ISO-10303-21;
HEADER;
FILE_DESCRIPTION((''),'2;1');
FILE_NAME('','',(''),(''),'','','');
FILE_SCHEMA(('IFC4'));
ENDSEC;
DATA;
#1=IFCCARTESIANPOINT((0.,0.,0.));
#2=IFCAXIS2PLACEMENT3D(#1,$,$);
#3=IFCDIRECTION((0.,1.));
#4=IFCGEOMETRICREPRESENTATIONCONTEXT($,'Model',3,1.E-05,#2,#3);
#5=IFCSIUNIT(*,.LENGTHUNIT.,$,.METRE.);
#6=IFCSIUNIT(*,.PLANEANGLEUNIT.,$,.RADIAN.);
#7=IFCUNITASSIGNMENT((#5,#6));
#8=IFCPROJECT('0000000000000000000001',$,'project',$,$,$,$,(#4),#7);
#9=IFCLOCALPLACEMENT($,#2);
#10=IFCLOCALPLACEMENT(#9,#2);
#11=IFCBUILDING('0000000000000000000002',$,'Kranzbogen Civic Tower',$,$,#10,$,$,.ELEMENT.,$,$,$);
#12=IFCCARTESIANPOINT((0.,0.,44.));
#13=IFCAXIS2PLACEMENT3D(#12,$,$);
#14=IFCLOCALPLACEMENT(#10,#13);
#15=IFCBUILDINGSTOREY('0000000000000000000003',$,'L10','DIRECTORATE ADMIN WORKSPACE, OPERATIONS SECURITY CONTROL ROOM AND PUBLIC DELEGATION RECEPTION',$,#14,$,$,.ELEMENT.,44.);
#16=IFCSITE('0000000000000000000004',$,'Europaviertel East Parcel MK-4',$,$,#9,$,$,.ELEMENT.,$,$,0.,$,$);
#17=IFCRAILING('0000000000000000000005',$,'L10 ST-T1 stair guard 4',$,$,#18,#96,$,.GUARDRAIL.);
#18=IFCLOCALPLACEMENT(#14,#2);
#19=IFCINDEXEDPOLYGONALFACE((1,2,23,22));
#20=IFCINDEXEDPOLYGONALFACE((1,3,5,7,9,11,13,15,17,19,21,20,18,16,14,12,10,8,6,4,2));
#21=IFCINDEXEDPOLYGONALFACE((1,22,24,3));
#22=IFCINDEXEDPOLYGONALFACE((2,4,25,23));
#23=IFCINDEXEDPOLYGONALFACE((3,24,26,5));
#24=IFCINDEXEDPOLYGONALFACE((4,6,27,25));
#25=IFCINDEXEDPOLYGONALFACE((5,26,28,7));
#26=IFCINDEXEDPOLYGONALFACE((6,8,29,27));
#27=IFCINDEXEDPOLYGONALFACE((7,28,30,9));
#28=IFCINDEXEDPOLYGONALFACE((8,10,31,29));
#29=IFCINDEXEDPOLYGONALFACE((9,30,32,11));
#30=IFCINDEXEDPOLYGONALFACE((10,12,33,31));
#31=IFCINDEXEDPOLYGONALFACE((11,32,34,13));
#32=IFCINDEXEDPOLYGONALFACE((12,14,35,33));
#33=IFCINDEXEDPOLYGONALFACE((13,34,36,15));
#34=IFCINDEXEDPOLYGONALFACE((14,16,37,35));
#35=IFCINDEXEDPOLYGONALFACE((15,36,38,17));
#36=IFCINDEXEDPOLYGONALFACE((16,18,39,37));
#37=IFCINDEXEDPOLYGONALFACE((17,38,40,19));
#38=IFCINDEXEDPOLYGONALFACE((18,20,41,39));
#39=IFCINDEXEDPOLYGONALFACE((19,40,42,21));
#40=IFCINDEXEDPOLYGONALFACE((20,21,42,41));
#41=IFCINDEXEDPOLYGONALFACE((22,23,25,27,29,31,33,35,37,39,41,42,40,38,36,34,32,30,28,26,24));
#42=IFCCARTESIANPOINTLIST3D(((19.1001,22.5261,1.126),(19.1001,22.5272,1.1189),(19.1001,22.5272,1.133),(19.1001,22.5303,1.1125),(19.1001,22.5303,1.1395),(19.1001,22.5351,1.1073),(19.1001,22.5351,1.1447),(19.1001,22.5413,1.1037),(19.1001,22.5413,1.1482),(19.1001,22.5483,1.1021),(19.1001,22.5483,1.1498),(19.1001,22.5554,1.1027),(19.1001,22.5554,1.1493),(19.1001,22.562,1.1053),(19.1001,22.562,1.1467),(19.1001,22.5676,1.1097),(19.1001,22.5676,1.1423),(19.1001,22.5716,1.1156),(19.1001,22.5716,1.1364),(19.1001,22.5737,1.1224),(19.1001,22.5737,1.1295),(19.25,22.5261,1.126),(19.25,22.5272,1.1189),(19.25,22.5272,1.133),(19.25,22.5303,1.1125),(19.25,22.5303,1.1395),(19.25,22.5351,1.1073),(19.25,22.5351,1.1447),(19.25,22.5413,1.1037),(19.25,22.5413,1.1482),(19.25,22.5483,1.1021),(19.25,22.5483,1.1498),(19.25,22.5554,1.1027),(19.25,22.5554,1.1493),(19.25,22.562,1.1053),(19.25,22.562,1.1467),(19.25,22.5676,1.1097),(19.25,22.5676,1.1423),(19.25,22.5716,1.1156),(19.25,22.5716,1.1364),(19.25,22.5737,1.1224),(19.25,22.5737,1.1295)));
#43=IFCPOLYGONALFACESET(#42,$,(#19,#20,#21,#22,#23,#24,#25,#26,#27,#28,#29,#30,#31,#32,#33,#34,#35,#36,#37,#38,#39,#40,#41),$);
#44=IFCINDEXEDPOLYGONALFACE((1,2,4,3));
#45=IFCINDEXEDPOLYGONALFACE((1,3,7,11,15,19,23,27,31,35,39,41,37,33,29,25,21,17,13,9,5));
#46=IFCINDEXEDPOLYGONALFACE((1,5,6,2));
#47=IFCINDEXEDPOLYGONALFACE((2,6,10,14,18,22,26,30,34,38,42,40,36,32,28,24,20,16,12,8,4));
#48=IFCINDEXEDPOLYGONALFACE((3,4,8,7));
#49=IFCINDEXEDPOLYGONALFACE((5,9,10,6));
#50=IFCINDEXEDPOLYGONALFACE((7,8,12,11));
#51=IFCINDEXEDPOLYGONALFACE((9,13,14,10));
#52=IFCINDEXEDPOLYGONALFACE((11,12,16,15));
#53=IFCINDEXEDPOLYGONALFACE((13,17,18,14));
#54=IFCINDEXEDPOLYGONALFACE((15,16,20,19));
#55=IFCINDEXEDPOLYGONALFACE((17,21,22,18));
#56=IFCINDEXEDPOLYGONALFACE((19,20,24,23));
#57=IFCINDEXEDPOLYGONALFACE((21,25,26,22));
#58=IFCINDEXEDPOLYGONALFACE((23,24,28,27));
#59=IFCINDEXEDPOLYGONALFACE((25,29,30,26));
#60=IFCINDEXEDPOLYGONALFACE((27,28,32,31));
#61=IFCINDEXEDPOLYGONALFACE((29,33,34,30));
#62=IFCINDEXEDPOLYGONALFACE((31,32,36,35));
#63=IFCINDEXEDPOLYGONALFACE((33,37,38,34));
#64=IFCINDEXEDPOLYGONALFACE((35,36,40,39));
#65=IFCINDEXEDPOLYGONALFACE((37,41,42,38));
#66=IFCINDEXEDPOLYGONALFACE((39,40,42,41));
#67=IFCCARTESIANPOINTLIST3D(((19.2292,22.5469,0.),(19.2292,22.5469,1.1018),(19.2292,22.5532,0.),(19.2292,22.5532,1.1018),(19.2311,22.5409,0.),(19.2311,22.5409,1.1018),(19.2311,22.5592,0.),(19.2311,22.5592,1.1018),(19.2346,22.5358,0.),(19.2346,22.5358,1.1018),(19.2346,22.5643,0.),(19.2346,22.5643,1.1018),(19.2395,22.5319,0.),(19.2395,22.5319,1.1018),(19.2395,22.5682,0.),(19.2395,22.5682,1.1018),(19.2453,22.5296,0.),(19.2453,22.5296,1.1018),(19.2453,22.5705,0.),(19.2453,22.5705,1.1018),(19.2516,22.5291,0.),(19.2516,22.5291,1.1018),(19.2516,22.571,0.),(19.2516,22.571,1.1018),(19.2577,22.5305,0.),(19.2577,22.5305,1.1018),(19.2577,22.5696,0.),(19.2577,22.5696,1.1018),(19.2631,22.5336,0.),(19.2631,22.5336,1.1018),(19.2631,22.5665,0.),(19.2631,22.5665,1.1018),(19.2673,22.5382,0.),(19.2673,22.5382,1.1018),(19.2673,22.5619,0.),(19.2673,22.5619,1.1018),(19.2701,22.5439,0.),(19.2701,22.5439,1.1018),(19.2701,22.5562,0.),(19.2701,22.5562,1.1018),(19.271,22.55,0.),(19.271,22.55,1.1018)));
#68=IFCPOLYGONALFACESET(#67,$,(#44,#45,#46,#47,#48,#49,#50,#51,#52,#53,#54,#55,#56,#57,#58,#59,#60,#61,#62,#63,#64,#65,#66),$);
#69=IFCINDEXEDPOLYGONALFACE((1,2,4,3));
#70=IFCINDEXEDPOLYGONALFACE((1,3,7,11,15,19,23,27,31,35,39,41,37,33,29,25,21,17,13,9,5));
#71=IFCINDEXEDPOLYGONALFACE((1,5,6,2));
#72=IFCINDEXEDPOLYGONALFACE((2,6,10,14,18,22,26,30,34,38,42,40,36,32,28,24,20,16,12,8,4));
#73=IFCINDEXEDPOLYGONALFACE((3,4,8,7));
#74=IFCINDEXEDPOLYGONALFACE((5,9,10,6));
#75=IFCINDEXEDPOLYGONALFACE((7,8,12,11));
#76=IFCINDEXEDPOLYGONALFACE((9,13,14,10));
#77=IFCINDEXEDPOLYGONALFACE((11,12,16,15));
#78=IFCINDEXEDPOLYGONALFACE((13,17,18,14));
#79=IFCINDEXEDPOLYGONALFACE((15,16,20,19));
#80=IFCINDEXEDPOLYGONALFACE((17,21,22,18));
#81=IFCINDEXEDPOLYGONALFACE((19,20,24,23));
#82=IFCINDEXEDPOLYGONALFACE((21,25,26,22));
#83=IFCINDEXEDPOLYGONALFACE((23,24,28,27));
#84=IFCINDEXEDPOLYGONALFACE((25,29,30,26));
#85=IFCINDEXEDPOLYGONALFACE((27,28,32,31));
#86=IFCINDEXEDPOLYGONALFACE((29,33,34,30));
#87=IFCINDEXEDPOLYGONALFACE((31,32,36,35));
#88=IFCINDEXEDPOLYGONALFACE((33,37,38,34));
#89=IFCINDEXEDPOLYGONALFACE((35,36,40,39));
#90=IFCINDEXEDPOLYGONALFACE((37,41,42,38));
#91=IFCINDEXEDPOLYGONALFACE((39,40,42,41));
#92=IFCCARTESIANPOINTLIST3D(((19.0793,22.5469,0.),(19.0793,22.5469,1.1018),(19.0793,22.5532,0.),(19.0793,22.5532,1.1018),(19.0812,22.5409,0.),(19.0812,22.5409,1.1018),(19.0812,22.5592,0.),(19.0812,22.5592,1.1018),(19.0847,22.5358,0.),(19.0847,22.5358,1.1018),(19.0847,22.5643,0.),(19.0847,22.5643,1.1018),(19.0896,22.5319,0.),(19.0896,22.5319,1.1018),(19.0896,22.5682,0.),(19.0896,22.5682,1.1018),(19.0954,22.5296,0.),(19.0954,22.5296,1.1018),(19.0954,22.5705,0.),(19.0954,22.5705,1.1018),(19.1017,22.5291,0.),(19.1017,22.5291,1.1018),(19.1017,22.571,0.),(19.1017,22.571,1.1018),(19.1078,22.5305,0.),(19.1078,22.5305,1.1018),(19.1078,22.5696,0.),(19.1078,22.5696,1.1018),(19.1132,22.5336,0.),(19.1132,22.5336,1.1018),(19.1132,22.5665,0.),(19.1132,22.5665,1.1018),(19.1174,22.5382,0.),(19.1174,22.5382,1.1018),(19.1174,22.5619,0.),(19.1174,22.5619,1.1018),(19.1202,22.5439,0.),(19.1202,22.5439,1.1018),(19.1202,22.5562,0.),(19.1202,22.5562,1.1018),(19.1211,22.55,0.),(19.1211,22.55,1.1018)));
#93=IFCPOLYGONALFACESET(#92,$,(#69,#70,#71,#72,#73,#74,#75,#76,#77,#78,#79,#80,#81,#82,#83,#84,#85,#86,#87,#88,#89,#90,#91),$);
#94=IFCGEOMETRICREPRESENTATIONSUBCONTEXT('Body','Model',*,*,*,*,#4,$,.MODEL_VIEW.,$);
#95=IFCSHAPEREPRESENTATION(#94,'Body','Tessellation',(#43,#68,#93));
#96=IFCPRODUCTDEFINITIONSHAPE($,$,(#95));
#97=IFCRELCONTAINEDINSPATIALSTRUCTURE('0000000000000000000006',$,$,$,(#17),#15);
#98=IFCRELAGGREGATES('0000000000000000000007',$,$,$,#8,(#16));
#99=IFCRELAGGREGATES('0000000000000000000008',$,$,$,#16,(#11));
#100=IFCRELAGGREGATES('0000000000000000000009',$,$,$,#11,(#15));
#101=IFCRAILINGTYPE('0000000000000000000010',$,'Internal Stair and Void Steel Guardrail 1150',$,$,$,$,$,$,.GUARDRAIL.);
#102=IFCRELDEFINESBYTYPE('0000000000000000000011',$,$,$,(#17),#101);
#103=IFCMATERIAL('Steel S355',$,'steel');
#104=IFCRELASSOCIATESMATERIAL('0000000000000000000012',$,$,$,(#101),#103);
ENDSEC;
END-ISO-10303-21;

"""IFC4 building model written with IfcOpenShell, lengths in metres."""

from ifc_helpers import new_model, si_unit, direction, frame, origin, origin_2d, place, context, subcontext, project, spatial, circle, extrude, material, type_object, element, save


model = new_model("IFC4")

# Units and contexts
model_context = context("Model", 3, precision=1e-05, world=origin(), true_north=direction((0.0, 1.0)))
body_context = subcontext(model_context, "Body", "Model", "MODEL_VIEW")
ifc_project = project(units=[si_unit("LENGTHUNIT", "METRE"), si_unit("PLANEANGLEUNIT", "RADIAN")], contexts=[model_context])

# Site, building, storey
site_placement = place(None, origin())
site = spatial("IfcSite", under=ifc_project, at=site_placement, Name="Europaviertel East Parcel MK-4", CompositionType="ELEMENT", RefElevation=0.0)
building_placement = place(site_placement, origin())
building = spatial("IfcBuilding", under=site, at=building_placement, Name="Kranzbogen Civic Tower", CompositionType="ELEMENT")
storey_placement = place(building_placement, frame((0.0, 0.0, 44.0)))
storey = spatial("IfcBuildingStorey", under=building, at=storey_placement, Name="L10", Description="DIRECTORATE ADMIN WORKSPACE, OPERATIONS SECURITY CONTROL ROOM AND PUBLIC DELEGATION RECEPTION", CompositionType="ELEMENT", Elevation=44.0)

# Shared definitions
ifc_material_1 = material(Name="Steel S355", Category="steel")

# Railing
railing_type_1 = type_object("IfcRailingType", Name="Internal Stair and Void Steel Guardrail 1150", PredefinedType="GUARDRAIL", material=ifc_material_1)
railing_1_placement = place(storey_placement, frame((19.25, 22.55, 0.0)))
element("IfcRailing", 1, at=railing_1_placement, inside=storey, type_object=railing_type_1, Name="L10 ST-T1 stair guard 4", PredefinedType="GUARDRAIL", context=body_context, shape_type="SweptSolid", body=[
    extrude(circle(Radius=0.0239, at=origin_2d()), frame((0.0, 0.0, 1.126), z_axis=(-1.0, 0.0, 0.0), x_axis=(0.0, -1.0, 0.0)), (0.0, 0.0, 1.0), 0.1499),
    extrude(circle(Radius=0.021, at=origin_2d()), origin(), (0.0, 0.0, 1.0), 1.1018),
    extrude(circle(Radius=0.021, at=origin_2d()), frame((-0.1499, 0.0, 0.0)), (0.0, 0.0, 1.0), 1.1018),
])

save(model, "model.ifc")
